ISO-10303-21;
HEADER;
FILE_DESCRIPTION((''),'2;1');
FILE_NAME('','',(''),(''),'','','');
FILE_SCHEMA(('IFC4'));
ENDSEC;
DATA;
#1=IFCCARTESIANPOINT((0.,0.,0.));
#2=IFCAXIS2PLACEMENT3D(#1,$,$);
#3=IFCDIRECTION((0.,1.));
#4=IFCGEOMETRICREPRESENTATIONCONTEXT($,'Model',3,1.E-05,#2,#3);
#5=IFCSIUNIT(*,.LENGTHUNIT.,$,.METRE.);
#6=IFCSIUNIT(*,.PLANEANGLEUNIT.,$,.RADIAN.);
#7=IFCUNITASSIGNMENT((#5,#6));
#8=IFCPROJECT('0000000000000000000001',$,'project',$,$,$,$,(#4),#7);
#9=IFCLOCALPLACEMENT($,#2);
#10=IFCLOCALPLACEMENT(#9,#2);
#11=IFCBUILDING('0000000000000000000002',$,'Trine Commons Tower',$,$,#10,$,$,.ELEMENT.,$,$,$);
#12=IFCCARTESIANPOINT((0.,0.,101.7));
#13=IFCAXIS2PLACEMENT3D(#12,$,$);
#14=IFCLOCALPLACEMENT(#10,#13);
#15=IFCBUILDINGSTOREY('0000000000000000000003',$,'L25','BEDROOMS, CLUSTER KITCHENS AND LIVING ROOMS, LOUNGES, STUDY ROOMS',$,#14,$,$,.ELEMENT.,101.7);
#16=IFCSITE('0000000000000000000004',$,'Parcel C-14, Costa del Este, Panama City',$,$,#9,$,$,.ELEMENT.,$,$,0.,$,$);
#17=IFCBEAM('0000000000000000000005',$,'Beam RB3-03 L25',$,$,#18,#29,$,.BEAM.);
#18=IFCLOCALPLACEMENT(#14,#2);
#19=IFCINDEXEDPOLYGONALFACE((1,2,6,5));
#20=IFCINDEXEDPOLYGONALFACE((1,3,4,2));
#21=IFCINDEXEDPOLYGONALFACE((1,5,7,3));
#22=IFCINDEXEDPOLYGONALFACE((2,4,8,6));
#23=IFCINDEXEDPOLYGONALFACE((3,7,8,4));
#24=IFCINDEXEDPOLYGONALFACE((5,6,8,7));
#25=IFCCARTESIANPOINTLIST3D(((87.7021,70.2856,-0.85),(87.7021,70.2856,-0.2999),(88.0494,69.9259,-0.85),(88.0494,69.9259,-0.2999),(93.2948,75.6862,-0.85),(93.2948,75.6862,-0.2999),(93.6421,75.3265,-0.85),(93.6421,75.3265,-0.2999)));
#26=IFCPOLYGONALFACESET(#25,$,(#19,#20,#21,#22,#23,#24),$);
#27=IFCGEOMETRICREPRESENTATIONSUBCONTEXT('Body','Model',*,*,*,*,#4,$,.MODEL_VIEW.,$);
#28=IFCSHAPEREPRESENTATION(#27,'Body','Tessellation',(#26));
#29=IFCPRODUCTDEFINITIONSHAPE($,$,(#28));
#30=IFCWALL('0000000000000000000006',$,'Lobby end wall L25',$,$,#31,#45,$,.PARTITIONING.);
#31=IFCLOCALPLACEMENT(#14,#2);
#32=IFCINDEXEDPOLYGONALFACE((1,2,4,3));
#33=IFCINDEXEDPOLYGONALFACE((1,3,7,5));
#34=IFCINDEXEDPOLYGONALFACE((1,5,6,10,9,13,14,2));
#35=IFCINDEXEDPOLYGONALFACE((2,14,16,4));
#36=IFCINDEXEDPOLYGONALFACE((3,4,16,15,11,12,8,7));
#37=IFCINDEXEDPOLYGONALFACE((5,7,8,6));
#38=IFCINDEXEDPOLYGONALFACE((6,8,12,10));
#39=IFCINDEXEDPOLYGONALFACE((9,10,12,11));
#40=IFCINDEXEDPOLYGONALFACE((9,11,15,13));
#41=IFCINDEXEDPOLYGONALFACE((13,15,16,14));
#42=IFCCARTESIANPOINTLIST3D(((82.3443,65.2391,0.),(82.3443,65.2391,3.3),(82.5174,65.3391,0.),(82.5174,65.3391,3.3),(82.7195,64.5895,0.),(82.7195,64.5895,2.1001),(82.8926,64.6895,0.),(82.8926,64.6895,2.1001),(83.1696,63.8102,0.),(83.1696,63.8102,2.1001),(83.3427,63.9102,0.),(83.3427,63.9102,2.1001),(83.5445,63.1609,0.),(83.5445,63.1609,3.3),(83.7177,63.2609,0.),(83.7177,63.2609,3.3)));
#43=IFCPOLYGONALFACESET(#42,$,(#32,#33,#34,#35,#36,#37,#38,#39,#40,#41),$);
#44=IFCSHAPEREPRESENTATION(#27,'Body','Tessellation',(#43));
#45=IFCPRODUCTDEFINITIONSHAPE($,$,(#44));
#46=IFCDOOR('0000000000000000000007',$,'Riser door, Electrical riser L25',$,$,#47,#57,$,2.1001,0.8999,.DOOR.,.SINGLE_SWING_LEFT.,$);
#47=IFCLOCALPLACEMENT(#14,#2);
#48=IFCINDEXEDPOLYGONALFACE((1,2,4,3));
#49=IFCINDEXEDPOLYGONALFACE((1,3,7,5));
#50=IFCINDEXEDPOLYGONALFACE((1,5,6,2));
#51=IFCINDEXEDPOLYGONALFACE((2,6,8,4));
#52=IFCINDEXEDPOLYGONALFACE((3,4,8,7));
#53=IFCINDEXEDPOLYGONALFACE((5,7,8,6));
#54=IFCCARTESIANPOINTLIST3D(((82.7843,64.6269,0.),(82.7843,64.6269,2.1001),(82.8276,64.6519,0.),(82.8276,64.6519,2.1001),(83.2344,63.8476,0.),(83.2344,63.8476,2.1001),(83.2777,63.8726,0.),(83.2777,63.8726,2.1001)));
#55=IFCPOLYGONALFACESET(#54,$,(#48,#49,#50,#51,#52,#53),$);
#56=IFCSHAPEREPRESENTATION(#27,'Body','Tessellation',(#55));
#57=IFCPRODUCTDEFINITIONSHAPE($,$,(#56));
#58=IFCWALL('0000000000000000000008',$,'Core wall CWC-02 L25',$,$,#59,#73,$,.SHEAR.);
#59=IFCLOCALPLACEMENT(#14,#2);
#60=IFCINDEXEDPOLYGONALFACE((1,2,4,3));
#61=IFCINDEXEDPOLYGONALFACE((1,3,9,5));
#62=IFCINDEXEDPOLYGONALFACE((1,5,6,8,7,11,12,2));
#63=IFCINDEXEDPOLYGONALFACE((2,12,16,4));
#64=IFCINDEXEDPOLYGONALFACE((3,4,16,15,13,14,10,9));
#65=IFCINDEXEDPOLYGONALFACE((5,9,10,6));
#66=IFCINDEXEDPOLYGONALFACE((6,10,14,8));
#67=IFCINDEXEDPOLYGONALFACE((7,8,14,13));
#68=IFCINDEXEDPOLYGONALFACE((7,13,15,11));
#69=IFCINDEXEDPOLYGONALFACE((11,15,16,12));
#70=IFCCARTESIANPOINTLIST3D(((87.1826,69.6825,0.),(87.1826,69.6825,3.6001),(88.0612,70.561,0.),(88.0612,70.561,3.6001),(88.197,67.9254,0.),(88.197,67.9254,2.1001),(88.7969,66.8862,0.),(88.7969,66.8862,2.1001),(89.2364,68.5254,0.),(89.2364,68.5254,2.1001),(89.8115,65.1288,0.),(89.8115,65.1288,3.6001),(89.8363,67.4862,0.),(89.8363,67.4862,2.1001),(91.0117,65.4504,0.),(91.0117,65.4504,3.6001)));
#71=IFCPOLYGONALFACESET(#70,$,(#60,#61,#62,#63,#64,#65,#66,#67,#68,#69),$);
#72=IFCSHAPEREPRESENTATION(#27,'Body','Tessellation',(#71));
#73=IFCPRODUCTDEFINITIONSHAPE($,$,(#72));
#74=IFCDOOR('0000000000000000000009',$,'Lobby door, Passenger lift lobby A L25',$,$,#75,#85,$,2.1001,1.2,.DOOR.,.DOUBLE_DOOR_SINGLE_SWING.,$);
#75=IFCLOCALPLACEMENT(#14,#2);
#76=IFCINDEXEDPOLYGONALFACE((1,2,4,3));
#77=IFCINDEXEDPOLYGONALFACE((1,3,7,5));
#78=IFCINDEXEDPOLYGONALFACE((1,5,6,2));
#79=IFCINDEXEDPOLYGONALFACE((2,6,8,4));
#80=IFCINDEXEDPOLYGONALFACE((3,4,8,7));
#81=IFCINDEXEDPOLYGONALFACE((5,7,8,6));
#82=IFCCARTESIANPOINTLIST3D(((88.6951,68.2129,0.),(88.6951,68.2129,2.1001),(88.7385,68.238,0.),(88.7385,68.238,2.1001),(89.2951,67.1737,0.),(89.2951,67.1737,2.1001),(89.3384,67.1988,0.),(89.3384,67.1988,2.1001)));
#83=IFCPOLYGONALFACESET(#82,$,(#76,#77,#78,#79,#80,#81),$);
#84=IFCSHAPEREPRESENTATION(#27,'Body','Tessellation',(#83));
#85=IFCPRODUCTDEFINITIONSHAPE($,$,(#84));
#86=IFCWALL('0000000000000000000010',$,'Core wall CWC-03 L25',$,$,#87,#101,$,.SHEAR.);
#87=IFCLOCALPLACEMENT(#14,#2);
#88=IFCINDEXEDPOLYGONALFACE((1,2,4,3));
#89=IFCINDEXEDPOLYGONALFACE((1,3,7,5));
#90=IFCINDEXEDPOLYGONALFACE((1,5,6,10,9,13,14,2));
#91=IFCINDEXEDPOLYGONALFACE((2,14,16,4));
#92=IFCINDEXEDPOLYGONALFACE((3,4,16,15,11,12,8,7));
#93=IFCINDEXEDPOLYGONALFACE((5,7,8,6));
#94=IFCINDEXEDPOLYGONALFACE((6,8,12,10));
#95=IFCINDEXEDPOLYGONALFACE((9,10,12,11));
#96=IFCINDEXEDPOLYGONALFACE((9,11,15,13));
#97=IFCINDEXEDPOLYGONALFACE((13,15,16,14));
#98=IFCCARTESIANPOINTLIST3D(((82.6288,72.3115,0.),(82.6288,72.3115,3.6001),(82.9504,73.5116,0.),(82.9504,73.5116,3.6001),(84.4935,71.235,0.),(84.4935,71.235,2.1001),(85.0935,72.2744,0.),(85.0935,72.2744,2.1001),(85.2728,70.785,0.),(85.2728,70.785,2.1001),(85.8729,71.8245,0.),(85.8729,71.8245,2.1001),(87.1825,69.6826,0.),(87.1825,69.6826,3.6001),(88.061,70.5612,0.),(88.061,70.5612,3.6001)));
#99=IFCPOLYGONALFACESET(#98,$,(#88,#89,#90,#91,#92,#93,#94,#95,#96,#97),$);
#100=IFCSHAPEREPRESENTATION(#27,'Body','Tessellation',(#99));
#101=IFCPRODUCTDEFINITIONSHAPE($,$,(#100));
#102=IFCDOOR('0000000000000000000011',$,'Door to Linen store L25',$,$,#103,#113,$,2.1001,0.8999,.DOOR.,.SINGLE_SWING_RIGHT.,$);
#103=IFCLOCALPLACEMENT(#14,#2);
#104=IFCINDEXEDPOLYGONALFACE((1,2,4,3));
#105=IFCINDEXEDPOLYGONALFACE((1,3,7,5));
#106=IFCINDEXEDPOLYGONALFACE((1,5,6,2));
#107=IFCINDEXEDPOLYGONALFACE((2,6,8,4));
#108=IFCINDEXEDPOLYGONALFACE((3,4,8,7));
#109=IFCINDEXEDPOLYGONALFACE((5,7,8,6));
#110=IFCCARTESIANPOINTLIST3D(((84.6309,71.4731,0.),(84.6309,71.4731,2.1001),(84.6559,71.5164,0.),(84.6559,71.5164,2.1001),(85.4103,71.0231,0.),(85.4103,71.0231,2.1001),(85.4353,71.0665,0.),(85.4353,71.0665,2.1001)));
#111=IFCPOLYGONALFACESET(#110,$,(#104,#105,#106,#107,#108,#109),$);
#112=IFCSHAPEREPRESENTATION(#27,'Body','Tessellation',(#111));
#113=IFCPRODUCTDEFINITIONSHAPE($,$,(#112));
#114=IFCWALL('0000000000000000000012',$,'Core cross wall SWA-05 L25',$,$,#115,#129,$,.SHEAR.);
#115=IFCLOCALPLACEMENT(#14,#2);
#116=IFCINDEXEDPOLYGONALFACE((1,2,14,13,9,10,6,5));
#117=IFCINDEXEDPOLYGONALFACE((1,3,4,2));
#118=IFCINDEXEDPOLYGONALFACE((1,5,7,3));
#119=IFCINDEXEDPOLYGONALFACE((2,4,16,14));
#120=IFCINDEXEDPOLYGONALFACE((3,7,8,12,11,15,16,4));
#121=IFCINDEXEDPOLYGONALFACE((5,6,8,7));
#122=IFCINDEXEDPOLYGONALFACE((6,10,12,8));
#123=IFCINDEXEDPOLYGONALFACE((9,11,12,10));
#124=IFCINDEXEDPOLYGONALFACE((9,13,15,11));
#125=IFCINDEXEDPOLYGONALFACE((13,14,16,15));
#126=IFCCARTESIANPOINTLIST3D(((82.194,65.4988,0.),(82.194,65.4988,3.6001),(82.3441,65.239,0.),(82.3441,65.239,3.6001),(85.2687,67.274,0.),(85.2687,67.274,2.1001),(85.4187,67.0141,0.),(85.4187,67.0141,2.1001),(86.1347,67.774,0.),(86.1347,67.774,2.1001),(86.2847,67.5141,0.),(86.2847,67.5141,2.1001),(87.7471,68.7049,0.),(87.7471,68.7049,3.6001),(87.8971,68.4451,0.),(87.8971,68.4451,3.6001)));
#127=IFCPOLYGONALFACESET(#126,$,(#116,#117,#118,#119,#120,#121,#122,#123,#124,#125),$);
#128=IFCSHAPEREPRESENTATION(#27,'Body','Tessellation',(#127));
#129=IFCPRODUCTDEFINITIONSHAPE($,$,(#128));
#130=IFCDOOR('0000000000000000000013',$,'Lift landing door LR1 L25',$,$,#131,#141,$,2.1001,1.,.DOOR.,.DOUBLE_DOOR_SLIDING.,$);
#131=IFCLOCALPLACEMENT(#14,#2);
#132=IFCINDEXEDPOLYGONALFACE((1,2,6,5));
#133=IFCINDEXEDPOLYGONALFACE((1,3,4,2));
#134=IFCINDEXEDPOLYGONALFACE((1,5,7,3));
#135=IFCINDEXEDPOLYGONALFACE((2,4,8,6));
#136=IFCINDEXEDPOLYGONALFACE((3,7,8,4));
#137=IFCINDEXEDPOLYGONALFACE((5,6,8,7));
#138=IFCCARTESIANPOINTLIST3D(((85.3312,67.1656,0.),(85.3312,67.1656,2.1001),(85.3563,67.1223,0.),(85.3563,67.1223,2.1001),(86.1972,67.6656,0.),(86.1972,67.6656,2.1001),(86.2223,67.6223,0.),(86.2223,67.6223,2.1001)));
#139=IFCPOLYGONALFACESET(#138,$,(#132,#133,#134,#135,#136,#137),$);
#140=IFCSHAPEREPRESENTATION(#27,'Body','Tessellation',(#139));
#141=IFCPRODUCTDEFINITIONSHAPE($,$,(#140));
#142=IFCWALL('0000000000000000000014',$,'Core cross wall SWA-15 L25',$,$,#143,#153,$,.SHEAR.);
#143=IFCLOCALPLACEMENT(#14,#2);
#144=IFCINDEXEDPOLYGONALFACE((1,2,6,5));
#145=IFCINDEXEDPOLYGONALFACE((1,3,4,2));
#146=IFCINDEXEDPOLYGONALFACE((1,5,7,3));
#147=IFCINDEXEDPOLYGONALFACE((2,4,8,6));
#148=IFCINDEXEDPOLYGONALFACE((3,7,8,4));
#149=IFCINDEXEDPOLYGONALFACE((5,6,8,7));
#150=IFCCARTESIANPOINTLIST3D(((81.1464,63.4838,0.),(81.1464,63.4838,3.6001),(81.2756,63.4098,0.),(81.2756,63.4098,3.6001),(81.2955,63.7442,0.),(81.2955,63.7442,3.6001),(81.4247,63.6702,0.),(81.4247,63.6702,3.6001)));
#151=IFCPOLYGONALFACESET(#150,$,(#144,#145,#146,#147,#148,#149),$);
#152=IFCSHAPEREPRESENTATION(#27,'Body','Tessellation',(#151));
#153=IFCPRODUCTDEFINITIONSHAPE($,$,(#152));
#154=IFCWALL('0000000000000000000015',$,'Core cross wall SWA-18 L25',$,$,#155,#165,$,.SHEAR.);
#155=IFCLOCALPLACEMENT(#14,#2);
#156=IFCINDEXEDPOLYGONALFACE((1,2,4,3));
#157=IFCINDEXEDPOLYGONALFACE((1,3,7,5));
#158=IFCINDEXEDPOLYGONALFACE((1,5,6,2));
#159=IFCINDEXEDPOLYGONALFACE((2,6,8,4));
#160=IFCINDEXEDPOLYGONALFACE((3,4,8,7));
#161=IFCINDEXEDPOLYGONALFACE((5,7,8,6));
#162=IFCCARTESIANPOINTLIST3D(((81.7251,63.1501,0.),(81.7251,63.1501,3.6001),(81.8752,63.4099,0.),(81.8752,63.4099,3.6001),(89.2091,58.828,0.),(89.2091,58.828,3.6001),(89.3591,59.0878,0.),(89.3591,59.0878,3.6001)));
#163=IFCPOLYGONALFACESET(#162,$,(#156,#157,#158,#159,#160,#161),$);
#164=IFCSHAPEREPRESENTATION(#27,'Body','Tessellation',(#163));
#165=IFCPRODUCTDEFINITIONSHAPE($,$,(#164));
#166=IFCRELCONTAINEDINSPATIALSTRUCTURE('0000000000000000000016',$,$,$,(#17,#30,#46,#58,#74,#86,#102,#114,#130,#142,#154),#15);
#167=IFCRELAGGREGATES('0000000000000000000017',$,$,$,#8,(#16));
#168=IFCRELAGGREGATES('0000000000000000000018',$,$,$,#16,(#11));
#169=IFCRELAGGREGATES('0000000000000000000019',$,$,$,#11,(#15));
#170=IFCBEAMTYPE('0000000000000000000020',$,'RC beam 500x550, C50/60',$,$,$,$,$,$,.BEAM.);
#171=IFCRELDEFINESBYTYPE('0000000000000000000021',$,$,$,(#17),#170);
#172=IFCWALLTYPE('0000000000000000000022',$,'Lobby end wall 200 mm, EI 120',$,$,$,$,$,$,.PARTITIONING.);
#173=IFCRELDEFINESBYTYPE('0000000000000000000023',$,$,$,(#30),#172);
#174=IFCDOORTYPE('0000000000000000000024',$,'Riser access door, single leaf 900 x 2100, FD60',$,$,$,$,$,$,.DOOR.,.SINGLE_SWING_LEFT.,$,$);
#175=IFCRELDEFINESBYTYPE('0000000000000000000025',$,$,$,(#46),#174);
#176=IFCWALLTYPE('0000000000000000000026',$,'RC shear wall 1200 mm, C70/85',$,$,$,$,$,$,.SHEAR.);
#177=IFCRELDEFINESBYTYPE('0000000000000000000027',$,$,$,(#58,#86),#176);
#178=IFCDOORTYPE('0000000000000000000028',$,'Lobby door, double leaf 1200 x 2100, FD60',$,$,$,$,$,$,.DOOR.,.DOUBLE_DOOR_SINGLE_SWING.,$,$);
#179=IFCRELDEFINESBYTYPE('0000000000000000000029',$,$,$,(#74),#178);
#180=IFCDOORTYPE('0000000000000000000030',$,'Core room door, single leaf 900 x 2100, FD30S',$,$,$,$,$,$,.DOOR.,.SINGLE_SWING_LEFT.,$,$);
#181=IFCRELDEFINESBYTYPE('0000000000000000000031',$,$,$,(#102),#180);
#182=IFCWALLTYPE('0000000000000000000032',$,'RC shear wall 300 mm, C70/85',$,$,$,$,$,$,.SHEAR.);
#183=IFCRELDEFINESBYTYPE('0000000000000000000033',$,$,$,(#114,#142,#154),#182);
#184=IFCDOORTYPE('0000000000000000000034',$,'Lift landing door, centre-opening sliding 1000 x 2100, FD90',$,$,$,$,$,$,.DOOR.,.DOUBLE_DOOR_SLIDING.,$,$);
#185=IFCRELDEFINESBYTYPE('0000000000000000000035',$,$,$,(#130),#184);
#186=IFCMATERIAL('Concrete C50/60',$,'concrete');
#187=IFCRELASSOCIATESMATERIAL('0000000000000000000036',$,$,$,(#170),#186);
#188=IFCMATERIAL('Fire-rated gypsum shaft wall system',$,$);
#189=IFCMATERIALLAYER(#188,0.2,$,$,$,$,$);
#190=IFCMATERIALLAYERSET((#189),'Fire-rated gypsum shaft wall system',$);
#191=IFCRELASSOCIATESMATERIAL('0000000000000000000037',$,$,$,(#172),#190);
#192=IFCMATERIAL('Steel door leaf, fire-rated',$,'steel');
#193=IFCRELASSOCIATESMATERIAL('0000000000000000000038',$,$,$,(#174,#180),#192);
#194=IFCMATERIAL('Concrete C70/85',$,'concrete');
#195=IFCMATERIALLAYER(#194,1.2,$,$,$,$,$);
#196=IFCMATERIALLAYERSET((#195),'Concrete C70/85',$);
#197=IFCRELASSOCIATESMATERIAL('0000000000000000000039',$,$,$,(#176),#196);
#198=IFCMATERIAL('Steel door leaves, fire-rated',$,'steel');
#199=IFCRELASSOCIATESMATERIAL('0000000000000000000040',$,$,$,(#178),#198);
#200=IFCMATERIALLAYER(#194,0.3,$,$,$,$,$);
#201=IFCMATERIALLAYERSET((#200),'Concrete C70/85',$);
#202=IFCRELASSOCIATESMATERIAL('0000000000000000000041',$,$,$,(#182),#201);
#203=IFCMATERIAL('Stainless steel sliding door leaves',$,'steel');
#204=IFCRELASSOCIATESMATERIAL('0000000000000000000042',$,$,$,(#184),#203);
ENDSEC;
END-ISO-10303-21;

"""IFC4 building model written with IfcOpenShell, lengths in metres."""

from ifc_helpers import new_model, si_unit, direction, frame, frame_2d, origin, origin_2d, place, context, subcontext, project, spatial, polyline, rectangle, outline, extrude, material, layer, layer_set, material_profile, profile_set, type_object, element, fill, save


model = new_model("IFC4")

# Units and contexts
model_context = context("Model", 3, precision=1e-05, world=origin(), true_north=direction((0.0, 1.0)))
body_context = subcontext(model_context, "Body", "Model", "MODEL_VIEW")
ifc_project = project(units=[si_unit("LENGTHUNIT", "METRE"), si_unit("PLANEANGLEUNIT", "RADIAN")], contexts=[model_context])

# Site, building, storey
site_placement = place(None, origin())
site = spatial("IfcSite", under=ifc_project, at=site_placement, Name="Parcel C-14, Costa del Este, Panama City", CompositionType="ELEMENT", RefElevation=0.0)
building_placement = place(site_placement, origin())
building = spatial("IfcBuilding", under=site, at=building_placement, Name="Trine Commons Tower", CompositionType="ELEMENT")
storey_placement = place(building_placement, frame((0.0, 0.0, 101.7)))
storey = spatial("IfcBuildingStorey", under=building, at=storey_placement, Name="L25", Description="BEDROOMS, CLUSTER KITCHENS AND LIVING ROOMS, LOUNGES, STUDY ROOMS", CompositionType="ELEMENT", Elevation=101.7)

# Beam
ifc_material_1 = material(Name="Concrete C50/60", Category="concrete")
ifc_material_profile = material_profile(ifc_material_1, rectangle(XDim=0.5, YDim=0.55, at=origin_2d()), Name="RC 500x550")
ifc_profile_set = profile_set([ifc_material_profile], Name="Concrete C50/60")
beam_type = type_object("IfcBeamType", Name="RC beam 500x550, C50/60", PredefinedType="BEAM", material=ifc_profile_set)
beam_placement = place(storey_placement, frame((87.8757, 70.1057, -0.575), z_axis=(0.719355, 0.694642, 0.0), x_axis=(-0.694642, 0.719355, 0.0)))
element("IfcBeam", 1, at=beam_placement, inside=storey, type_object=beam_type, Name="Beam RB3-03 L25", PredefinedType="BEAM", context=body_context, shape_type="SweptSolid", body=[
    extrude(rectangle(XDim=0.5, YDim=0.55, at=origin_2d()), origin(), (0.0, 0.0, 1.0), 7.7747),
])

# Walls, openings, doors
ifc_material_2 = material(Name="Fire-rated gypsum shaft wall system")
ifc_layer_1 = layer(ifc_material_2, 0.2)
ifc_layer_set_1 = layer_set([ifc_layer_1], Name="Fire-rated gypsum shaft wall system")
wall_type_1 = type_object("IfcWallType", Name="Lobby end wall 200 mm, EI 120", PredefinedType="PARTITIONING", material=ifc_layer_set_1)
wall_1_placement = place(storey_placement, frame((83.6311, 63.2109, 0.0), z_axis=(0.0, 0.0, 1.0), x_axis=(-0.500122, 0.865955, 0.0)))
wall_1 = element("IfcWall", 2, at=wall_1_placement, inside=storey, type_object=wall_type_1, Name="Lobby end wall L25", PredefinedType="PARTITIONING", context=body_context, shape_type="SweptSolid", body=[
    extrude(rectangle(XDim=2.3999, YDim=0.2, at=frame_2d((1.2, 0.0))), origin(), (0.0, 0.0, 1.0), 3.3),
])
opening_1_placement = place(wall_1_placement, frame((0.7498, 0.0, 0.0)))
opening_1 = element("IfcOpeningElement", 3, at=opening_1_placement, cuts=wall_1, PredefinedType="OPENING", context=body_context, shape_type="SweptSolid", body=[
    extrude(rectangle(XDim=0.8999, YDim=2.1001, at=frame_2d((0.45, 1.05))), frame((0.0, 0.1099, 0.0), z_axis=(0.0, -1.0, 0.0), x_axis=(1.0, 0.0, 0.0)), (0.0, 0.0, 1.0), 0.22),
])
ifc_material_3 = material(Name="Steel door leaf, fire-rated", Category="steel")
door_type_1 = type_object("IfcDoorType", Name="Riser access door, single leaf 900 x 2100, FD60", OperationType="SINGLE_SWING_LEFT", PredefinedType="DOOR", material=ifc_material_3)
door_1_placement = place(opening_1_placement, frame((0.8999, 0.0, 0.0), z_axis=(0.0, 0.0, 1.0), x_axis=(-1.0, 0.0, 0.0)))
door_1 = element("IfcDoor", 4, at=door_1_placement, inside=storey, type_object=door_type_1, Name="Riser door, Electrical riser L25", OperationType="SINGLE_SWING_LEFT", OverallHeight=2.1001, OverallWidth=0.8999, PredefinedType="DOOR", context=body_context, shape_type="SweptSolid", body=[
    extrude(rectangle(XDim=0.8999, YDim=2.1001, at=frame_2d((0.45, 1.05))), frame((0.0, 0.0249, 0.0), z_axis=(0.0, -1.0, 0.0), x_axis=(1.0, 0.0, 0.0)), (0.0, 0.0, 1.0), 0.05),
])
fill(opening_1, door_1)
ifc_material_4 = material(Name="Concrete C70/85", Category="concrete")
ifc_layer_2 = layer(ifc_material_4, 1.2)
ifc_layer_set_2 = layer_set([ifc_layer_2], Name="Concrete C70/85")
wall_type_2 = type_object("IfcWallType", Name="RC shear wall 1200 mm, C70/85", PredefinedType="SHEAR", material=ifc_layer_set_2)
wall_2_placement = place(storey_placement, frame((90.4919, 65.1504, 0.0), z_axis=(0.0, 0.0, 1.0), x_axis=(-0.499979, 0.866037, 0.0)))
wall_2 = element("IfcWall", 5, at=wall_2_placement, inside=storey, type_object=wall_type_2, Name="Core wall CWC-02 L25", PredefinedType="SHEAR", context=body_context, shape_type="SweptSolid", body=[
    extrude(outline(polyline([(0.0, -0.6001), (5.9011, -0.6001), (5.5796, 0.6001), (0.3215, 0.6001), (0.0, -0.6001)])), origin(), (0.0, 0.0, 1.0), 3.6001),
])
opening_2_placement = place(wall_2_placement, frame((2.3506, 0.0, 0.0)))
opening_2 = element("IfcOpeningElement", 6, at=opening_2_placement, cuts=wall_2, PredefinedType="OPENING", context=body_context, shape_type="SweptSolid", body=[
    extrude(rectangle(XDim=1.2, YDim=2.1001, at=frame_2d((0.6001, 1.05))), frame((0.0, 0.6099, 0.0), z_axis=(0.0, -1.0, 0.0), x_axis=(1.0, 0.0, 0.0)), (0.0, 0.0, 1.0), 1.22),
])
ifc_material_5 = material(Name="Steel door leaves, fire-rated", Category="steel")
door_type_2 = type_object("IfcDoorType", Name="Lobby door, double leaf 1200 x 2100, FD60", OperationType="DOUBLE_DOOR_SINGLE_SWING", PredefinedType="DOOR", material=ifc_material_5)
door_2_placement = place(opening_2_placement, origin())
door_2 = element("IfcDoor", 7, at=door_2_placement, inside=storey, type_object=door_type_2, Name="Lobby door, Passenger lift lobby A L25", OperationType="DOUBLE_DOOR_SINGLE_SWING", OverallHeight=2.1001, OverallWidth=1.2, PredefinedType="DOOR", context=body_context, shape_type="SweptSolid", body=[
    extrude(rectangle(XDim=1.2, YDim=2.1001, at=frame_2d((0.6001, 1.05))), frame((0.0, 0.0249, 0.0), z_axis=(0.0, -1.0, 0.0), x_axis=(1.0, 0.0, 0.0)), (0.0, 0.0, 1.0), 0.05),
])
fill(opening_2, door_2)
wall_3_placement = place(storey_placement, frame((87.761, 70.0415, 0.0), z_axis=(0.0, 0.0, 1.0), x_axis=(-0.866037, 0.499979, 0.0)))
wall_3 = element("IfcWall", 8, at=wall_3_placement, inside=storey, type_object=wall_type_2, Name="Core wall CWC-03 L25", PredefinedType="SHEAR", context=body_context, shape_type="SweptSolid", body=[
    extrude(outline(polyline([(0.0, -0.6001), (5.9011, -0.6001), (5.5796, 0.6001), (0.3215, 0.6001), (0.0, -0.6001)])), origin(), (0.0, 0.0, 1.0), 3.6001),
])
opening_3_placement = place(wall_3_placement, frame((2.5266, 0.0, 0.0)))
opening_3 = element("IfcOpeningElement", 9, at=opening_3_placement, cuts=wall_3, PredefinedType="OPENING", context=body_context, shape_type="SweptSolid", body=[
    extrude(rectangle(XDim=0.8999, YDim=2.1001, at=frame_2d((0.45, 1.05))), frame((0.0, 0.6099, 0.0), z_axis=(0.0, -1.0, 0.0), x_axis=(1.0, 0.0, 0.0)), (0.0, 0.0, 1.0), 1.22),
])
door_type_3 = type_object("IfcDoorType", Name="Core room door, single leaf 900 x 2100, FD30S", OperationType="SINGLE_SWING_LEFT", PredefinedType="DOOR", material=ifc_material_3)
door_3_placement = place(opening_3_placement, origin())
door_3 = element("IfcDoor", 10, at=door_3_placement, inside=storey, type_object=door_type_3, Name="Door to Linen store L25", OperationType="SINGLE_SWING_RIGHT", OverallHeight=2.1001, OverallWidth=0.8999, PredefinedType="DOOR", context=body_context, shape_type="SweptSolid", body=[
    extrude(rectangle(XDim=0.8999, YDim=2.1001, at=frame_2d((0.45, 1.05))), frame((0.0, 0.3252, 0.0), z_axis=(0.0, -1.0, 0.0), x_axis=(1.0, 0.0, 0.0)), (0.0, 0.0, 1.0), 0.05),
])
fill(opening_3, door_3)
ifc_layer_3 = layer(ifc_material_4, 0.3)
ifc_layer_set_3 = layer_set([ifc_layer_3], Name="Concrete C70/85")
wall_type_3 = type_object("IfcWallType", Name="RC shear wall 300 mm, C70/85", PredefinedType="SHEAR", material=ifc_layer_set_3)
wall_4_placement = place(storey_placement, frame((82.269, 65.3689, 0.0), z_axis=(0.0, 0.0, 1.0), x_axis=(0.866023, 0.500005, 0.0)))
wall_4 = element("IfcWall", 11, at=wall_4_placement, inside=storey, type_object=wall_type_3, Name="Core cross wall SWA-05 L25", PredefinedType="SHEAR", context=body_context, shape_type="SweptSolid", body=[
    extrude(rectangle(XDim=6.4121, YDim=0.3, at=frame_2d((3.2061, 0.0))), origin(), (0.0, 0.0, 1.0), 3.6001),
])
opening_4_placement = place(wall_4_placement, frame((3.5503, 0.0, 0.0)))
opening_4 = element("IfcOpeningElement", 12, at=opening_4_placement, cuts=wall_4, PredefinedType="OPENING", context=body_context, shape_type="SweptSolid", body=[
    extrude(rectangle(XDim=1.0, YDim=2.1001, at=frame_2d((0.5, 1.05))), frame((0.0, 0.1599, 0.0), z_axis=(0.0, -1.0, 0.0), x_axis=(1.0, 0.0, 0.0)), (0.0, 0.0, 1.0), 0.3201),
])
ifc_material_6 = material(Name="Stainless steel sliding door leaves", Category="steel")
door_type_4 = type_object("IfcDoorType", Name="Lift landing door, centre-opening sliding 1000 x 2100, FD90", OperationType="DOUBLE_DOOR_SLIDING", PredefinedType="DOOR", material=ifc_material_6)
door_4_placement = place(opening_4_placement, origin())
door_4 = element("IfcDoor", 13, at=door_4_placement, inside=storey, type_object=door_type_4, Name="Lift landing door LR1 L25", OperationType="DOUBLE_DOOR_SLIDING", OverallHeight=2.1001, OverallWidth=1.0, PredefinedType="DOOR", context=body_context, shape_type="SweptSolid", body=[
    extrude(rectangle(XDim=1.0, YDim=2.1001, at=frame_2d((0.5, 1.05))), frame((0.0, 0.0249, 0.0), z_axis=(0.0, -1.0, 0.0), x_axis=(1.0, 0.0, 0.0)), (0.0, 0.0, 1.0), 0.05),
])
fill(opening_4, door_4)

# Walls
wall_5_placement = place(storey_placement, frame((81.2209, 63.614, 0.0), z_axis=(0.0, 0.0, 1.0), x_axis=(0.867738, -0.497022, 0.0)))
element("IfcWall", 14, at=wall_5_placement, inside=storey, type_object=wall_type_3, Name="Core cross wall SWA-15 L25", PredefinedType="SHEAR", context=body_context, shape_type="SweptSolid", body=[
    extrude(rectangle(XDim=0.1489, YDim=0.3, at=frame_2d((0.0745, 0.0))), origin(), (0.0, 0.0, 1.0), 3.6001),
])
wall_6_placement = place(storey_placement, frame((81.8, 63.28, 0.0), z_axis=(0.0, 0.0, 1.0), x_axis=(0.865965, -0.500104, 0.0)))
element("IfcWall", 15, at=wall_6_placement, inside=storey, type_object=wall_type_3, Name="Core cross wall SWA-18 L25", PredefinedType="SHEAR", context=body_context, shape_type="SweptSolid", body=[
    extrude(rectangle(XDim=8.6423, YDim=0.3, at=frame_2d((4.3213, 0.0))), origin(), (0.0, 0.0, 1.0), 3.6001),
])

save(model, "model.ifc")
